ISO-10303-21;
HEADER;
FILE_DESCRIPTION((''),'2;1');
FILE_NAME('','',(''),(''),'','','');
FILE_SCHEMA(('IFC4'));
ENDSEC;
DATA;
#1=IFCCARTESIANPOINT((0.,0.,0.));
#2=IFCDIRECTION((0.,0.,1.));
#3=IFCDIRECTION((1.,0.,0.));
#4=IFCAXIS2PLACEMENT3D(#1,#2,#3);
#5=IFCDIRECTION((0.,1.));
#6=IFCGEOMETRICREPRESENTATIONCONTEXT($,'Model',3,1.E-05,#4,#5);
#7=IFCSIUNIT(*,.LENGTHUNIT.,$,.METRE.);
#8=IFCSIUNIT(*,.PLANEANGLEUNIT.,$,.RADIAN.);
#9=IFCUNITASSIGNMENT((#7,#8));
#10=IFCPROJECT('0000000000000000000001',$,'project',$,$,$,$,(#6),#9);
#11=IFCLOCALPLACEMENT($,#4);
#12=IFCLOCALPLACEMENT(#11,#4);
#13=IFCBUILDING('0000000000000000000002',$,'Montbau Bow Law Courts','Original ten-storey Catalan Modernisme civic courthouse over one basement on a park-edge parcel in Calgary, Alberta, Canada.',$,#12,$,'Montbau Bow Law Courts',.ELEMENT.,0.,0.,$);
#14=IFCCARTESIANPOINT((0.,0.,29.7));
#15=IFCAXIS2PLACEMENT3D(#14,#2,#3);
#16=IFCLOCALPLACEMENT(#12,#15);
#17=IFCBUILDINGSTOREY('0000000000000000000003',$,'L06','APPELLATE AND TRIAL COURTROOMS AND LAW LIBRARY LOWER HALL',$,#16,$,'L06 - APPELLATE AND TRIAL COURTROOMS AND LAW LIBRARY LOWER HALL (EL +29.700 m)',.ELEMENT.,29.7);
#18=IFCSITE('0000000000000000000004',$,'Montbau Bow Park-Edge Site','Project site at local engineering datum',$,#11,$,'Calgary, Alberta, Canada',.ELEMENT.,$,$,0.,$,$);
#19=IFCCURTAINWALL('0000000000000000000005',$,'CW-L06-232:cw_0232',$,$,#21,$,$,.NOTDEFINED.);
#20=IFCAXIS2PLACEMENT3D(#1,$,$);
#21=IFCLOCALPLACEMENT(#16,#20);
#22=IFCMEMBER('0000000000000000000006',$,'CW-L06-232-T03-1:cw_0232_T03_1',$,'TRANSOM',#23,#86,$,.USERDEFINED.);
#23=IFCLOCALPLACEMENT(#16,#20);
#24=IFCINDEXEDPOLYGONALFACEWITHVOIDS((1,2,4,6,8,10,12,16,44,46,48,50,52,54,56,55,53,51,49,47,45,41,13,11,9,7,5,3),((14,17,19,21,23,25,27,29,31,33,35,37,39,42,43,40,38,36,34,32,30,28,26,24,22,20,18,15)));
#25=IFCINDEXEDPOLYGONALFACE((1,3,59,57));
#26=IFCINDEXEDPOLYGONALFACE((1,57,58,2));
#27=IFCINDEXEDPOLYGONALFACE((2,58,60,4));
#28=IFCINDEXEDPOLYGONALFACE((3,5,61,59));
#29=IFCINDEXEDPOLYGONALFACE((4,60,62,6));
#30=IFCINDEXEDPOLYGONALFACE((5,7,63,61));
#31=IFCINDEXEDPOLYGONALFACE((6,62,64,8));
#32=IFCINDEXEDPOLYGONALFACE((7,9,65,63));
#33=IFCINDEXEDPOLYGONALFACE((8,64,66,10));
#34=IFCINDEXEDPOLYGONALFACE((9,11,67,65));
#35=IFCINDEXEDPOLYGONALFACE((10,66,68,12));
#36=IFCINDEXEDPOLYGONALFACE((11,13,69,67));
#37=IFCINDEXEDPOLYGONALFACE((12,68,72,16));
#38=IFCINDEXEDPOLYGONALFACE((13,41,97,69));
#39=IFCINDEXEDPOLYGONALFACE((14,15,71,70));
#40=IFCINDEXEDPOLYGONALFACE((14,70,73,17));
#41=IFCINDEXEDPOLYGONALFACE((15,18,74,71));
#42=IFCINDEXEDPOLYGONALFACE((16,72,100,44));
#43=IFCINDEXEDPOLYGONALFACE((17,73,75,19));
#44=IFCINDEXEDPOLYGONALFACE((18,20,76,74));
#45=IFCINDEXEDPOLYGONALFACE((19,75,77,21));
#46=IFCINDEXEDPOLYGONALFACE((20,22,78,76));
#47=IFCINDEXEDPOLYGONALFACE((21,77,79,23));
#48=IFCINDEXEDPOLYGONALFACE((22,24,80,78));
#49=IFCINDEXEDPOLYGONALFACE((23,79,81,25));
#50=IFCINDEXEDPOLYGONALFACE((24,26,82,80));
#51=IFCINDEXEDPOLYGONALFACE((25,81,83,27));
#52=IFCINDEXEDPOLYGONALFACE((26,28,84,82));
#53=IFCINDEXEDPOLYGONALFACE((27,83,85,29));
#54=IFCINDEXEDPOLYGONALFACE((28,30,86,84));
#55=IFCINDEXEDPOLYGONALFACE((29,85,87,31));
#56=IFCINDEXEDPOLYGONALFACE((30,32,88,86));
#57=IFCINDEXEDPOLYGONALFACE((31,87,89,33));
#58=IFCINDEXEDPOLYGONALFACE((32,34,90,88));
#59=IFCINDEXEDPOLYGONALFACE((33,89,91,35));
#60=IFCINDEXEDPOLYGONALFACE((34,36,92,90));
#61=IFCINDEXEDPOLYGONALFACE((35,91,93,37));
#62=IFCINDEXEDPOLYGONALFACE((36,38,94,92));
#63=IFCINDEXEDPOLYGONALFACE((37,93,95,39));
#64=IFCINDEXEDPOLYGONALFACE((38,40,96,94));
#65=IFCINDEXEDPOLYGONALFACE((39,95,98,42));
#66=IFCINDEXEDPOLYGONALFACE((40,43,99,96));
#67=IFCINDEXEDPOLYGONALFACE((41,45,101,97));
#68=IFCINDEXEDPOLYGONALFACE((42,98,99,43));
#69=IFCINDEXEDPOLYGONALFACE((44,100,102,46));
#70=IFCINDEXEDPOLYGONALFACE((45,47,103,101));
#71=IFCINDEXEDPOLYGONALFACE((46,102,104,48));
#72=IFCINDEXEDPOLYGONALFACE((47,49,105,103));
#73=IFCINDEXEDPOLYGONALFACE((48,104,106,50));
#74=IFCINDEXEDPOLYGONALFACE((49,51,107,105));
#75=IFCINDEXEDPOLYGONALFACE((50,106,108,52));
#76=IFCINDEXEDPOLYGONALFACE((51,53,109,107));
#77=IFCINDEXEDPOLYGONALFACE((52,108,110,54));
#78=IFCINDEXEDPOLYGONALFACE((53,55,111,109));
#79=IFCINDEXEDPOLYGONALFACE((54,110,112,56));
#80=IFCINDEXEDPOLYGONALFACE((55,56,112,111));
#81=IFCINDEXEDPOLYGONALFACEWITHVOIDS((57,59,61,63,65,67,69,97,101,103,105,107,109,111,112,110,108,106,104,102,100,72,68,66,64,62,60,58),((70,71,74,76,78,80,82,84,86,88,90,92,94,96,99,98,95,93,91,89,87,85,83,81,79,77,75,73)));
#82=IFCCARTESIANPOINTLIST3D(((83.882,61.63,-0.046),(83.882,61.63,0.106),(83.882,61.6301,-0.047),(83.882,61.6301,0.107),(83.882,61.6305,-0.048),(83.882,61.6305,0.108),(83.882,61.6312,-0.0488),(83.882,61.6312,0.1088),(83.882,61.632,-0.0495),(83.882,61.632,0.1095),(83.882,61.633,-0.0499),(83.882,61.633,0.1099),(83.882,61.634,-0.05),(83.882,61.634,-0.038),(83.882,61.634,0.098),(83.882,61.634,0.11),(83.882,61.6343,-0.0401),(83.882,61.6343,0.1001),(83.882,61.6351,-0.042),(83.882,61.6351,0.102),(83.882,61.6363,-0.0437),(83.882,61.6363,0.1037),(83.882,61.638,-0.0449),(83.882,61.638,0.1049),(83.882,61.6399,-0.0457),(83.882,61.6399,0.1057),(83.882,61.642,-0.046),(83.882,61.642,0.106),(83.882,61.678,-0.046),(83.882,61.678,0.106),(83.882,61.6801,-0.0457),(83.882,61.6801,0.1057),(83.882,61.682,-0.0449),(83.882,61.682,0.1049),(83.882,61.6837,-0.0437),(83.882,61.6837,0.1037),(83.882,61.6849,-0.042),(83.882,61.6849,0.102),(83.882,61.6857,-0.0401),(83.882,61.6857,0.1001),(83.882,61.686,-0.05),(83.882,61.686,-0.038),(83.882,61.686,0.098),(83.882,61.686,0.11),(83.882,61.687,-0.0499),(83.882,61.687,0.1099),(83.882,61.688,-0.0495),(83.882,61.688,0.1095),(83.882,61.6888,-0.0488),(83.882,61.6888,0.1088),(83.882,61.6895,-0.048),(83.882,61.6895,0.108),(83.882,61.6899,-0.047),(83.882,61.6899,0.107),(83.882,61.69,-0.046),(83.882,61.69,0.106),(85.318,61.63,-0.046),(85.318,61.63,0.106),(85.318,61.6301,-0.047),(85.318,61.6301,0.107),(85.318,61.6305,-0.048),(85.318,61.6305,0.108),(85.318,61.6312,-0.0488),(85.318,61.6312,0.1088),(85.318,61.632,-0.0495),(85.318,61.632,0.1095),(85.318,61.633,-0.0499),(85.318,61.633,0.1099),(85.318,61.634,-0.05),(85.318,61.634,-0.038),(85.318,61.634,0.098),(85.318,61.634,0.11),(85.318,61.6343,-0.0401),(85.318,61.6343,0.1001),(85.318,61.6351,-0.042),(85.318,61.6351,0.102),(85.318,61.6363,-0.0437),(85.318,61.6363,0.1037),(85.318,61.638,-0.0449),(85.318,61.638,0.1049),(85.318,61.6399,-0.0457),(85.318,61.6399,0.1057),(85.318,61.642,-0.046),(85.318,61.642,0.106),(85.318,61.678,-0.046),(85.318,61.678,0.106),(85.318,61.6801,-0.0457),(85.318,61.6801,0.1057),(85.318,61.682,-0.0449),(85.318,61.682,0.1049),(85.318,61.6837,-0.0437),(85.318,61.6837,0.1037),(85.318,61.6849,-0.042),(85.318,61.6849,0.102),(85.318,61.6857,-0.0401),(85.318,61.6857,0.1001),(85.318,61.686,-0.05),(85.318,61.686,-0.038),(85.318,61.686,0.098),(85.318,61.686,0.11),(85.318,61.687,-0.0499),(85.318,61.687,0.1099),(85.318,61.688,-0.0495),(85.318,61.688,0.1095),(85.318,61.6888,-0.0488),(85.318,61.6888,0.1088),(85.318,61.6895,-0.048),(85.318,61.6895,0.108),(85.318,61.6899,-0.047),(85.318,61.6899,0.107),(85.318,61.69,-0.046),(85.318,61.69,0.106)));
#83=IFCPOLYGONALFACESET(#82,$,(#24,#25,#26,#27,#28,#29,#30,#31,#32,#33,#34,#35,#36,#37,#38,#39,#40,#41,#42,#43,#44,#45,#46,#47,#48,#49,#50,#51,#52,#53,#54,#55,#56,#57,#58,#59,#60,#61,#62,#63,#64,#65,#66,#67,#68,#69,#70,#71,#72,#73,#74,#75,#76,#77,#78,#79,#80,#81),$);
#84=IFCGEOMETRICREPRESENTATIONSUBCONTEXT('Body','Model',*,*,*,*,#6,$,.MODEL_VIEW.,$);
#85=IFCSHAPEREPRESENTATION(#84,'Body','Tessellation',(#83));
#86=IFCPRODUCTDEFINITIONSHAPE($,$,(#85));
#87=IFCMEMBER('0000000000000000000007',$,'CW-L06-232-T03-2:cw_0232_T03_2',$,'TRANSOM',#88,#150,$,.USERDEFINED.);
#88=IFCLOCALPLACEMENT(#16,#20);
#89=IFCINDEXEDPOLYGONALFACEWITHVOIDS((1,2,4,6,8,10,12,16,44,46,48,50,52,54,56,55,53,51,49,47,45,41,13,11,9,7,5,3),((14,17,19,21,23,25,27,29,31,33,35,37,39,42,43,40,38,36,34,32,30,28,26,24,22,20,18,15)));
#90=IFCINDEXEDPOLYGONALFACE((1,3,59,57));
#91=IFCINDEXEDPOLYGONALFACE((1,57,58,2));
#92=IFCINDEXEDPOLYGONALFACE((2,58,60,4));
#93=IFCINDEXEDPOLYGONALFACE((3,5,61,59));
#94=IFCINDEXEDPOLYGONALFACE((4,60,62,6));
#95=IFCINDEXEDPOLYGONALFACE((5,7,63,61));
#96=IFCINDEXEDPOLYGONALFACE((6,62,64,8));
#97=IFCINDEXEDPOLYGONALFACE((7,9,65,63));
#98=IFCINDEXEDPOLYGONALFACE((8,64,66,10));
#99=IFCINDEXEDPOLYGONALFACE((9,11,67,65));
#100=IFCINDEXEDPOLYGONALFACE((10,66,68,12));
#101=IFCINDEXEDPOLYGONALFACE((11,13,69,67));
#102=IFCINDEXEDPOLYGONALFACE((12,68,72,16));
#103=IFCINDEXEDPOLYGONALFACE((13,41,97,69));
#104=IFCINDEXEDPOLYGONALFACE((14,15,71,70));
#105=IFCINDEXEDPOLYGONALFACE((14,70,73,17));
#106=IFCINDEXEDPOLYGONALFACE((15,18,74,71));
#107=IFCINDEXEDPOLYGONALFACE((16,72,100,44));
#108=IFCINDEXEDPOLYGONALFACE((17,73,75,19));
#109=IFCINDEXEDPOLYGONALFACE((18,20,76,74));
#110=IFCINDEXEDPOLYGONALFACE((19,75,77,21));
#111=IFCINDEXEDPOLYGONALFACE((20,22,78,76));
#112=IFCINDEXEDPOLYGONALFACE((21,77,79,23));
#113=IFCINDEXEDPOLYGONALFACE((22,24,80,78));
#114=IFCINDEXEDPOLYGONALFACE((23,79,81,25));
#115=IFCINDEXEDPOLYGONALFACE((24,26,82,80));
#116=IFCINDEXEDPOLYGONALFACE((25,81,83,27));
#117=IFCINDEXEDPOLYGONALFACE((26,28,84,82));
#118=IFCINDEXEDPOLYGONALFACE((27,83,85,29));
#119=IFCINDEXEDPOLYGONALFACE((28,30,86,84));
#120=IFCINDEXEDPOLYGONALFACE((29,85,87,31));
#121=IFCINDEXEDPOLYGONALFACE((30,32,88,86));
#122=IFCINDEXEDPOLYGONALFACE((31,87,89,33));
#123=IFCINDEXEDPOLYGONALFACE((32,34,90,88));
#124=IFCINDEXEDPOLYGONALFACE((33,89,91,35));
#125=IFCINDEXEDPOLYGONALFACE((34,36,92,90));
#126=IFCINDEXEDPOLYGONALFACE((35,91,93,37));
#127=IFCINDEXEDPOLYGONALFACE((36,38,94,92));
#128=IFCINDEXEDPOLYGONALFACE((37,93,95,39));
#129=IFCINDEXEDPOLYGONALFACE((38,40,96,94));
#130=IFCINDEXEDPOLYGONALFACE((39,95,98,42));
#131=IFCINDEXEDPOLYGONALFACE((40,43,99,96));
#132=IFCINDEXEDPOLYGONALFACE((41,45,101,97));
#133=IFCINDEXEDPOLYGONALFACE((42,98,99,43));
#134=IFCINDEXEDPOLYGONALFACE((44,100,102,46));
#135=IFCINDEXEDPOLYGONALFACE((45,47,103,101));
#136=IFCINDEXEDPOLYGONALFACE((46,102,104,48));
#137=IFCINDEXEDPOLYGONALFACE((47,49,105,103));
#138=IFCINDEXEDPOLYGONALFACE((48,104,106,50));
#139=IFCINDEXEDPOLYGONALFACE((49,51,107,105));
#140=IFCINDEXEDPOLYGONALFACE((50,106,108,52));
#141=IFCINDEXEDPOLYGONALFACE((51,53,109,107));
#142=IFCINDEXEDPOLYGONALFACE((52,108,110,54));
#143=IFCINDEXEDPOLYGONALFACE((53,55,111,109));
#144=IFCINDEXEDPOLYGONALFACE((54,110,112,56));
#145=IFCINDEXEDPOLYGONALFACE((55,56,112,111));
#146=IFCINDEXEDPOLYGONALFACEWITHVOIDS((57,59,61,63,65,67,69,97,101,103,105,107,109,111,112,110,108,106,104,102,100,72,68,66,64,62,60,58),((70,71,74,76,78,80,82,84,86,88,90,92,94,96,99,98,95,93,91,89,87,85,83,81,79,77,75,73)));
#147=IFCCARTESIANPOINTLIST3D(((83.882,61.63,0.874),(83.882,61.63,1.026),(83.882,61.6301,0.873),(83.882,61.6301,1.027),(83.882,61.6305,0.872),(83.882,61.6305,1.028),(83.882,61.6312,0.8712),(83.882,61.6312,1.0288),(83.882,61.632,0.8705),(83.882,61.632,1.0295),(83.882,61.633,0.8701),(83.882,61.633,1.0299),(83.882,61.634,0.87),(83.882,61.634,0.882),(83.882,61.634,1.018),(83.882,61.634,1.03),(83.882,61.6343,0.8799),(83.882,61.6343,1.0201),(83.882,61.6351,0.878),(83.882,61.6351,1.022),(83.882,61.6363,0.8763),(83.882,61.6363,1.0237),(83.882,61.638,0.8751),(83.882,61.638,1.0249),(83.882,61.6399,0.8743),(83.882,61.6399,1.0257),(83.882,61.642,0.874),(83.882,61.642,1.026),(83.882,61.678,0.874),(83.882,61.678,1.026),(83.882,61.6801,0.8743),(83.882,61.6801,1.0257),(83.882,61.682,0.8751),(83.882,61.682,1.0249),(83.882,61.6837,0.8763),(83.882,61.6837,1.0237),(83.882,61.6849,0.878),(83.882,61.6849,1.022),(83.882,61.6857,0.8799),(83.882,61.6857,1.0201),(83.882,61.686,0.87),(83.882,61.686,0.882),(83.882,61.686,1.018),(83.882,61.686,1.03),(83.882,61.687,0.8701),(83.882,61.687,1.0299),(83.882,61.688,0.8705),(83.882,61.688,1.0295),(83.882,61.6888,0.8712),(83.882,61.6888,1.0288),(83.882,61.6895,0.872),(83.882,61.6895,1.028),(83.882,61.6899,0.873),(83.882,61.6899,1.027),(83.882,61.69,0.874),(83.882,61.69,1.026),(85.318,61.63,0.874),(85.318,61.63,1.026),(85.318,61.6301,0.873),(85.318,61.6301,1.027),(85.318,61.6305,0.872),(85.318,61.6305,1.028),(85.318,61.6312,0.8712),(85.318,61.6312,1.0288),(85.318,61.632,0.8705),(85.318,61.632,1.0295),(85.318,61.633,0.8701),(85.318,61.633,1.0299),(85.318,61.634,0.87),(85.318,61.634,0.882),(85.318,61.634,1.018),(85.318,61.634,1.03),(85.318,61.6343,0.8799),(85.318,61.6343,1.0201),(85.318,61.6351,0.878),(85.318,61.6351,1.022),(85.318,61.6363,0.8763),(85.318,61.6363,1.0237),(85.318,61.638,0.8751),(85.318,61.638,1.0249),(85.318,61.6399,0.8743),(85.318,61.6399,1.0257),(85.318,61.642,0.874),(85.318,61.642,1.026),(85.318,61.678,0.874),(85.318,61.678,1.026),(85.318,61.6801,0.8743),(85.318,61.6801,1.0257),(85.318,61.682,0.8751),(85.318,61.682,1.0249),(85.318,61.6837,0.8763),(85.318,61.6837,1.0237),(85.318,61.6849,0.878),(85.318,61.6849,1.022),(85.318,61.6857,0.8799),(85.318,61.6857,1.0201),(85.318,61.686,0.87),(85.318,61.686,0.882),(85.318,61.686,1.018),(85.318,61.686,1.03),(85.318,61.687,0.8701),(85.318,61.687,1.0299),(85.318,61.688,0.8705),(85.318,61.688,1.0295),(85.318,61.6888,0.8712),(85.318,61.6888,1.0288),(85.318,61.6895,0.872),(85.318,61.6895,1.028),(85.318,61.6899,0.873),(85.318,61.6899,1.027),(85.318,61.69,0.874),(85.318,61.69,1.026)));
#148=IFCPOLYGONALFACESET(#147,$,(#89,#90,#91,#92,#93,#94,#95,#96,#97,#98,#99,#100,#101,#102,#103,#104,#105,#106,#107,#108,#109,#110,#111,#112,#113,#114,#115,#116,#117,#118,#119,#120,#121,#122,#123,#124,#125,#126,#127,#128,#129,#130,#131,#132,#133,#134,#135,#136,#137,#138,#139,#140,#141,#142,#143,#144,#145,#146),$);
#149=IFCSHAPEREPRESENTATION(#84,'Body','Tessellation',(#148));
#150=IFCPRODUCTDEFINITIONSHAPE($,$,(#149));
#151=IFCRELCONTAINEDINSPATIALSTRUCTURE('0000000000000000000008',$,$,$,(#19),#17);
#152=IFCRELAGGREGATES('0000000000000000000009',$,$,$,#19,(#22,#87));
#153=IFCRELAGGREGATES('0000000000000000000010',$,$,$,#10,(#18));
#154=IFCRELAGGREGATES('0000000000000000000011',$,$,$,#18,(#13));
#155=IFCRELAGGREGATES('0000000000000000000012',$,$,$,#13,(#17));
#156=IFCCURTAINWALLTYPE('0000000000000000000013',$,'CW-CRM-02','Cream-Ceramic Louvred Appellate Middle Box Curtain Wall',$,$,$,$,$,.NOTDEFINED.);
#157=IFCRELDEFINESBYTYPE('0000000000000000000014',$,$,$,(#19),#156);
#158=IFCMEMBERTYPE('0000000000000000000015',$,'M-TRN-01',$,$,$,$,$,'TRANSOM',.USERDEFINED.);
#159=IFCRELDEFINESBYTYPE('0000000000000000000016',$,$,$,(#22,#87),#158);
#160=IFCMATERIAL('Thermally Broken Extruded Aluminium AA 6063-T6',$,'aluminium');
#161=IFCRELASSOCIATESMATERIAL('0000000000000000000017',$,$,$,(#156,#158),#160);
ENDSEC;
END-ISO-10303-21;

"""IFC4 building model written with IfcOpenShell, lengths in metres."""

from ifc_helpers import new_model, si_unit, direction, frame, origin_with_axes, origin_2d_with_axis, place, context, subcontext, project, spatial, hollow_rectangle, extrude, material, material_profile, profile_set, type_object, element, aggregate, save


model = new_model("IFC4")

# Units and contexts
model_context = context("Model", 3, precision=1e-05, world=origin_with_axes(), true_north=direction((0.0, 1.0)))
body_context = subcontext(model_context, "Body", "Model", "MODEL_VIEW")
ifc_project = project(units=[si_unit("LENGTHUNIT", "METRE"), si_unit("PLANEANGLEUNIT", "RADIAN")], contexts=[model_context])

# Site, building, storey
site_placement = place(None, origin_with_axes())
site = spatial("IfcSite", under=ifc_project, at=site_placement, Name="Montbau Bow Park-Edge Site", Description="Project site at local engineering datum", LongName="Calgary, Alberta, Canada", CompositionType="ELEMENT", RefElevation=0.0)
building_placement = place(site_placement, origin_with_axes())
building = spatial("IfcBuilding", under=site, at=building_placement, Name="Montbau Bow Law Courts", Description="Original ten-storey Catalan Modernisme civic courthouse over one basement on a park-edge parcel in Calgary, Alberta, Canada.", LongName="Montbau Bow Law Courts", CompositionType="ELEMENT", ElevationOfRefHeight=0.0, ElevationOfTerrain=0.0)
storey_placement = place(building_placement, frame((0.0, 0.0, 29.7), z_axis=(0.0, 0.0, 1.0), x_axis=(1.0, 0.0, 0.0)))
storey = spatial("IfcBuildingStorey", under=building, at=storey_placement, Name="L06", Description="APPELLATE AND TRIAL COURTROOMS AND LAW LIBRARY LOWER HALL", LongName="L06 - APPELLATE AND TRIAL COURTROOMS AND LAW LIBRARY LOWER HALL (EL +29.700 m)", CompositionType="ELEMENT", Elevation=29.7)

# Curtain wall, members
ifc_material_1 = material(Name="Thermally Broken Extruded Aluminium AA 6063-T6", Category="aluminium")
curtain_wall_type = type_object("IfcCurtainWallType", Name="CW-CRM-02", Description="Cream-Ceramic Louvred Appellate Middle Box Curtain Wall", PredefinedType="NOTDEFINED", material=ifc_material_1)
curtain_wall_placement = place(None, frame((80.84, 61.66, 29.7), z_axis=(0.0, 0.0, 1.0), x_axis=(1.0, 0.0, 0.0)))
curtain_wall = element("IfcCurtainWall", 1, at=curtain_wall_placement, inside=storey, type_object=curtain_wall_type, Name="CW-L06-232:cw_0232", PredefinedType="NOTDEFINED")
ifc_material_profile_1 = material_profile(ifc_material_1, hollow_rectangle(XDim=0.06, YDim=0.16, WallThickness=0.004, InnerFilletRadius=0.008, OuterFilletRadius=0.004, at=origin_2d_with_axis()), Name="CWT-160X60", Category="Main", Priority=0)
ifc_profile_set_1 = profile_set([ifc_material_profile_1], Name="Thermally Broken Extruded Aluminium AA 6063-T6")
member_type_1 = type_object("IfcMemberType", Name="M-TRN-01", ElementType="TRANSOM", PredefinedType="USERDEFINED", material=ifc_profile_set_1)
member_1_placement = place(None, frame((83.882, 61.66, 29.73), z_axis=(1.0, 0.0, 0.0), x_axis=(0.0, 1.0, 0.0)))
member_1 = element("IfcMember", 2, at=member_1_placement, type_object=member_type_1, Name="CW-L06-232-T03-1:cw_0232_T03_1", ObjectType="TRANSOM", PredefinedType="USERDEFINED", context=body_context, shape_type="SweptSolid", body=[
    extrude(hollow_rectangle(XDim=0.06, YDim=0.16, WallThickness=0.004, InnerFilletRadius=0.008, OuterFilletRadius=0.004, at=origin_2d_with_axis()), origin_with_axes(), (0.0, 0.0, 1.0), 1.436),
])
member_2_placement = place(None, frame((83.882, 61.66, 30.65), z_axis=(1.0, 0.0, 0.0), x_axis=(0.0, 1.0, 0.0)))
member_2 = element("IfcMember", 3, at=member_2_placement, type_object=member_type_1, Name="CW-L06-232-T03-2:cw_0232_T03_2", ObjectType="TRANSOM", PredefinedType="USERDEFINED", context=body_context, shape_type="SweptSolid", body=[
    extrude(hollow_rectangle(XDim=0.06, YDim=0.16, WallThickness=0.004, InnerFilletRadius=0.008, OuterFilletRadius=0.004, at=origin_2d_with_axis()), origin_with_axes(), (0.0, 0.0, 1.0), 1.436),
])
aggregate(curtain_wall, [member_1, member_2])

save(model, "model.ifc")
